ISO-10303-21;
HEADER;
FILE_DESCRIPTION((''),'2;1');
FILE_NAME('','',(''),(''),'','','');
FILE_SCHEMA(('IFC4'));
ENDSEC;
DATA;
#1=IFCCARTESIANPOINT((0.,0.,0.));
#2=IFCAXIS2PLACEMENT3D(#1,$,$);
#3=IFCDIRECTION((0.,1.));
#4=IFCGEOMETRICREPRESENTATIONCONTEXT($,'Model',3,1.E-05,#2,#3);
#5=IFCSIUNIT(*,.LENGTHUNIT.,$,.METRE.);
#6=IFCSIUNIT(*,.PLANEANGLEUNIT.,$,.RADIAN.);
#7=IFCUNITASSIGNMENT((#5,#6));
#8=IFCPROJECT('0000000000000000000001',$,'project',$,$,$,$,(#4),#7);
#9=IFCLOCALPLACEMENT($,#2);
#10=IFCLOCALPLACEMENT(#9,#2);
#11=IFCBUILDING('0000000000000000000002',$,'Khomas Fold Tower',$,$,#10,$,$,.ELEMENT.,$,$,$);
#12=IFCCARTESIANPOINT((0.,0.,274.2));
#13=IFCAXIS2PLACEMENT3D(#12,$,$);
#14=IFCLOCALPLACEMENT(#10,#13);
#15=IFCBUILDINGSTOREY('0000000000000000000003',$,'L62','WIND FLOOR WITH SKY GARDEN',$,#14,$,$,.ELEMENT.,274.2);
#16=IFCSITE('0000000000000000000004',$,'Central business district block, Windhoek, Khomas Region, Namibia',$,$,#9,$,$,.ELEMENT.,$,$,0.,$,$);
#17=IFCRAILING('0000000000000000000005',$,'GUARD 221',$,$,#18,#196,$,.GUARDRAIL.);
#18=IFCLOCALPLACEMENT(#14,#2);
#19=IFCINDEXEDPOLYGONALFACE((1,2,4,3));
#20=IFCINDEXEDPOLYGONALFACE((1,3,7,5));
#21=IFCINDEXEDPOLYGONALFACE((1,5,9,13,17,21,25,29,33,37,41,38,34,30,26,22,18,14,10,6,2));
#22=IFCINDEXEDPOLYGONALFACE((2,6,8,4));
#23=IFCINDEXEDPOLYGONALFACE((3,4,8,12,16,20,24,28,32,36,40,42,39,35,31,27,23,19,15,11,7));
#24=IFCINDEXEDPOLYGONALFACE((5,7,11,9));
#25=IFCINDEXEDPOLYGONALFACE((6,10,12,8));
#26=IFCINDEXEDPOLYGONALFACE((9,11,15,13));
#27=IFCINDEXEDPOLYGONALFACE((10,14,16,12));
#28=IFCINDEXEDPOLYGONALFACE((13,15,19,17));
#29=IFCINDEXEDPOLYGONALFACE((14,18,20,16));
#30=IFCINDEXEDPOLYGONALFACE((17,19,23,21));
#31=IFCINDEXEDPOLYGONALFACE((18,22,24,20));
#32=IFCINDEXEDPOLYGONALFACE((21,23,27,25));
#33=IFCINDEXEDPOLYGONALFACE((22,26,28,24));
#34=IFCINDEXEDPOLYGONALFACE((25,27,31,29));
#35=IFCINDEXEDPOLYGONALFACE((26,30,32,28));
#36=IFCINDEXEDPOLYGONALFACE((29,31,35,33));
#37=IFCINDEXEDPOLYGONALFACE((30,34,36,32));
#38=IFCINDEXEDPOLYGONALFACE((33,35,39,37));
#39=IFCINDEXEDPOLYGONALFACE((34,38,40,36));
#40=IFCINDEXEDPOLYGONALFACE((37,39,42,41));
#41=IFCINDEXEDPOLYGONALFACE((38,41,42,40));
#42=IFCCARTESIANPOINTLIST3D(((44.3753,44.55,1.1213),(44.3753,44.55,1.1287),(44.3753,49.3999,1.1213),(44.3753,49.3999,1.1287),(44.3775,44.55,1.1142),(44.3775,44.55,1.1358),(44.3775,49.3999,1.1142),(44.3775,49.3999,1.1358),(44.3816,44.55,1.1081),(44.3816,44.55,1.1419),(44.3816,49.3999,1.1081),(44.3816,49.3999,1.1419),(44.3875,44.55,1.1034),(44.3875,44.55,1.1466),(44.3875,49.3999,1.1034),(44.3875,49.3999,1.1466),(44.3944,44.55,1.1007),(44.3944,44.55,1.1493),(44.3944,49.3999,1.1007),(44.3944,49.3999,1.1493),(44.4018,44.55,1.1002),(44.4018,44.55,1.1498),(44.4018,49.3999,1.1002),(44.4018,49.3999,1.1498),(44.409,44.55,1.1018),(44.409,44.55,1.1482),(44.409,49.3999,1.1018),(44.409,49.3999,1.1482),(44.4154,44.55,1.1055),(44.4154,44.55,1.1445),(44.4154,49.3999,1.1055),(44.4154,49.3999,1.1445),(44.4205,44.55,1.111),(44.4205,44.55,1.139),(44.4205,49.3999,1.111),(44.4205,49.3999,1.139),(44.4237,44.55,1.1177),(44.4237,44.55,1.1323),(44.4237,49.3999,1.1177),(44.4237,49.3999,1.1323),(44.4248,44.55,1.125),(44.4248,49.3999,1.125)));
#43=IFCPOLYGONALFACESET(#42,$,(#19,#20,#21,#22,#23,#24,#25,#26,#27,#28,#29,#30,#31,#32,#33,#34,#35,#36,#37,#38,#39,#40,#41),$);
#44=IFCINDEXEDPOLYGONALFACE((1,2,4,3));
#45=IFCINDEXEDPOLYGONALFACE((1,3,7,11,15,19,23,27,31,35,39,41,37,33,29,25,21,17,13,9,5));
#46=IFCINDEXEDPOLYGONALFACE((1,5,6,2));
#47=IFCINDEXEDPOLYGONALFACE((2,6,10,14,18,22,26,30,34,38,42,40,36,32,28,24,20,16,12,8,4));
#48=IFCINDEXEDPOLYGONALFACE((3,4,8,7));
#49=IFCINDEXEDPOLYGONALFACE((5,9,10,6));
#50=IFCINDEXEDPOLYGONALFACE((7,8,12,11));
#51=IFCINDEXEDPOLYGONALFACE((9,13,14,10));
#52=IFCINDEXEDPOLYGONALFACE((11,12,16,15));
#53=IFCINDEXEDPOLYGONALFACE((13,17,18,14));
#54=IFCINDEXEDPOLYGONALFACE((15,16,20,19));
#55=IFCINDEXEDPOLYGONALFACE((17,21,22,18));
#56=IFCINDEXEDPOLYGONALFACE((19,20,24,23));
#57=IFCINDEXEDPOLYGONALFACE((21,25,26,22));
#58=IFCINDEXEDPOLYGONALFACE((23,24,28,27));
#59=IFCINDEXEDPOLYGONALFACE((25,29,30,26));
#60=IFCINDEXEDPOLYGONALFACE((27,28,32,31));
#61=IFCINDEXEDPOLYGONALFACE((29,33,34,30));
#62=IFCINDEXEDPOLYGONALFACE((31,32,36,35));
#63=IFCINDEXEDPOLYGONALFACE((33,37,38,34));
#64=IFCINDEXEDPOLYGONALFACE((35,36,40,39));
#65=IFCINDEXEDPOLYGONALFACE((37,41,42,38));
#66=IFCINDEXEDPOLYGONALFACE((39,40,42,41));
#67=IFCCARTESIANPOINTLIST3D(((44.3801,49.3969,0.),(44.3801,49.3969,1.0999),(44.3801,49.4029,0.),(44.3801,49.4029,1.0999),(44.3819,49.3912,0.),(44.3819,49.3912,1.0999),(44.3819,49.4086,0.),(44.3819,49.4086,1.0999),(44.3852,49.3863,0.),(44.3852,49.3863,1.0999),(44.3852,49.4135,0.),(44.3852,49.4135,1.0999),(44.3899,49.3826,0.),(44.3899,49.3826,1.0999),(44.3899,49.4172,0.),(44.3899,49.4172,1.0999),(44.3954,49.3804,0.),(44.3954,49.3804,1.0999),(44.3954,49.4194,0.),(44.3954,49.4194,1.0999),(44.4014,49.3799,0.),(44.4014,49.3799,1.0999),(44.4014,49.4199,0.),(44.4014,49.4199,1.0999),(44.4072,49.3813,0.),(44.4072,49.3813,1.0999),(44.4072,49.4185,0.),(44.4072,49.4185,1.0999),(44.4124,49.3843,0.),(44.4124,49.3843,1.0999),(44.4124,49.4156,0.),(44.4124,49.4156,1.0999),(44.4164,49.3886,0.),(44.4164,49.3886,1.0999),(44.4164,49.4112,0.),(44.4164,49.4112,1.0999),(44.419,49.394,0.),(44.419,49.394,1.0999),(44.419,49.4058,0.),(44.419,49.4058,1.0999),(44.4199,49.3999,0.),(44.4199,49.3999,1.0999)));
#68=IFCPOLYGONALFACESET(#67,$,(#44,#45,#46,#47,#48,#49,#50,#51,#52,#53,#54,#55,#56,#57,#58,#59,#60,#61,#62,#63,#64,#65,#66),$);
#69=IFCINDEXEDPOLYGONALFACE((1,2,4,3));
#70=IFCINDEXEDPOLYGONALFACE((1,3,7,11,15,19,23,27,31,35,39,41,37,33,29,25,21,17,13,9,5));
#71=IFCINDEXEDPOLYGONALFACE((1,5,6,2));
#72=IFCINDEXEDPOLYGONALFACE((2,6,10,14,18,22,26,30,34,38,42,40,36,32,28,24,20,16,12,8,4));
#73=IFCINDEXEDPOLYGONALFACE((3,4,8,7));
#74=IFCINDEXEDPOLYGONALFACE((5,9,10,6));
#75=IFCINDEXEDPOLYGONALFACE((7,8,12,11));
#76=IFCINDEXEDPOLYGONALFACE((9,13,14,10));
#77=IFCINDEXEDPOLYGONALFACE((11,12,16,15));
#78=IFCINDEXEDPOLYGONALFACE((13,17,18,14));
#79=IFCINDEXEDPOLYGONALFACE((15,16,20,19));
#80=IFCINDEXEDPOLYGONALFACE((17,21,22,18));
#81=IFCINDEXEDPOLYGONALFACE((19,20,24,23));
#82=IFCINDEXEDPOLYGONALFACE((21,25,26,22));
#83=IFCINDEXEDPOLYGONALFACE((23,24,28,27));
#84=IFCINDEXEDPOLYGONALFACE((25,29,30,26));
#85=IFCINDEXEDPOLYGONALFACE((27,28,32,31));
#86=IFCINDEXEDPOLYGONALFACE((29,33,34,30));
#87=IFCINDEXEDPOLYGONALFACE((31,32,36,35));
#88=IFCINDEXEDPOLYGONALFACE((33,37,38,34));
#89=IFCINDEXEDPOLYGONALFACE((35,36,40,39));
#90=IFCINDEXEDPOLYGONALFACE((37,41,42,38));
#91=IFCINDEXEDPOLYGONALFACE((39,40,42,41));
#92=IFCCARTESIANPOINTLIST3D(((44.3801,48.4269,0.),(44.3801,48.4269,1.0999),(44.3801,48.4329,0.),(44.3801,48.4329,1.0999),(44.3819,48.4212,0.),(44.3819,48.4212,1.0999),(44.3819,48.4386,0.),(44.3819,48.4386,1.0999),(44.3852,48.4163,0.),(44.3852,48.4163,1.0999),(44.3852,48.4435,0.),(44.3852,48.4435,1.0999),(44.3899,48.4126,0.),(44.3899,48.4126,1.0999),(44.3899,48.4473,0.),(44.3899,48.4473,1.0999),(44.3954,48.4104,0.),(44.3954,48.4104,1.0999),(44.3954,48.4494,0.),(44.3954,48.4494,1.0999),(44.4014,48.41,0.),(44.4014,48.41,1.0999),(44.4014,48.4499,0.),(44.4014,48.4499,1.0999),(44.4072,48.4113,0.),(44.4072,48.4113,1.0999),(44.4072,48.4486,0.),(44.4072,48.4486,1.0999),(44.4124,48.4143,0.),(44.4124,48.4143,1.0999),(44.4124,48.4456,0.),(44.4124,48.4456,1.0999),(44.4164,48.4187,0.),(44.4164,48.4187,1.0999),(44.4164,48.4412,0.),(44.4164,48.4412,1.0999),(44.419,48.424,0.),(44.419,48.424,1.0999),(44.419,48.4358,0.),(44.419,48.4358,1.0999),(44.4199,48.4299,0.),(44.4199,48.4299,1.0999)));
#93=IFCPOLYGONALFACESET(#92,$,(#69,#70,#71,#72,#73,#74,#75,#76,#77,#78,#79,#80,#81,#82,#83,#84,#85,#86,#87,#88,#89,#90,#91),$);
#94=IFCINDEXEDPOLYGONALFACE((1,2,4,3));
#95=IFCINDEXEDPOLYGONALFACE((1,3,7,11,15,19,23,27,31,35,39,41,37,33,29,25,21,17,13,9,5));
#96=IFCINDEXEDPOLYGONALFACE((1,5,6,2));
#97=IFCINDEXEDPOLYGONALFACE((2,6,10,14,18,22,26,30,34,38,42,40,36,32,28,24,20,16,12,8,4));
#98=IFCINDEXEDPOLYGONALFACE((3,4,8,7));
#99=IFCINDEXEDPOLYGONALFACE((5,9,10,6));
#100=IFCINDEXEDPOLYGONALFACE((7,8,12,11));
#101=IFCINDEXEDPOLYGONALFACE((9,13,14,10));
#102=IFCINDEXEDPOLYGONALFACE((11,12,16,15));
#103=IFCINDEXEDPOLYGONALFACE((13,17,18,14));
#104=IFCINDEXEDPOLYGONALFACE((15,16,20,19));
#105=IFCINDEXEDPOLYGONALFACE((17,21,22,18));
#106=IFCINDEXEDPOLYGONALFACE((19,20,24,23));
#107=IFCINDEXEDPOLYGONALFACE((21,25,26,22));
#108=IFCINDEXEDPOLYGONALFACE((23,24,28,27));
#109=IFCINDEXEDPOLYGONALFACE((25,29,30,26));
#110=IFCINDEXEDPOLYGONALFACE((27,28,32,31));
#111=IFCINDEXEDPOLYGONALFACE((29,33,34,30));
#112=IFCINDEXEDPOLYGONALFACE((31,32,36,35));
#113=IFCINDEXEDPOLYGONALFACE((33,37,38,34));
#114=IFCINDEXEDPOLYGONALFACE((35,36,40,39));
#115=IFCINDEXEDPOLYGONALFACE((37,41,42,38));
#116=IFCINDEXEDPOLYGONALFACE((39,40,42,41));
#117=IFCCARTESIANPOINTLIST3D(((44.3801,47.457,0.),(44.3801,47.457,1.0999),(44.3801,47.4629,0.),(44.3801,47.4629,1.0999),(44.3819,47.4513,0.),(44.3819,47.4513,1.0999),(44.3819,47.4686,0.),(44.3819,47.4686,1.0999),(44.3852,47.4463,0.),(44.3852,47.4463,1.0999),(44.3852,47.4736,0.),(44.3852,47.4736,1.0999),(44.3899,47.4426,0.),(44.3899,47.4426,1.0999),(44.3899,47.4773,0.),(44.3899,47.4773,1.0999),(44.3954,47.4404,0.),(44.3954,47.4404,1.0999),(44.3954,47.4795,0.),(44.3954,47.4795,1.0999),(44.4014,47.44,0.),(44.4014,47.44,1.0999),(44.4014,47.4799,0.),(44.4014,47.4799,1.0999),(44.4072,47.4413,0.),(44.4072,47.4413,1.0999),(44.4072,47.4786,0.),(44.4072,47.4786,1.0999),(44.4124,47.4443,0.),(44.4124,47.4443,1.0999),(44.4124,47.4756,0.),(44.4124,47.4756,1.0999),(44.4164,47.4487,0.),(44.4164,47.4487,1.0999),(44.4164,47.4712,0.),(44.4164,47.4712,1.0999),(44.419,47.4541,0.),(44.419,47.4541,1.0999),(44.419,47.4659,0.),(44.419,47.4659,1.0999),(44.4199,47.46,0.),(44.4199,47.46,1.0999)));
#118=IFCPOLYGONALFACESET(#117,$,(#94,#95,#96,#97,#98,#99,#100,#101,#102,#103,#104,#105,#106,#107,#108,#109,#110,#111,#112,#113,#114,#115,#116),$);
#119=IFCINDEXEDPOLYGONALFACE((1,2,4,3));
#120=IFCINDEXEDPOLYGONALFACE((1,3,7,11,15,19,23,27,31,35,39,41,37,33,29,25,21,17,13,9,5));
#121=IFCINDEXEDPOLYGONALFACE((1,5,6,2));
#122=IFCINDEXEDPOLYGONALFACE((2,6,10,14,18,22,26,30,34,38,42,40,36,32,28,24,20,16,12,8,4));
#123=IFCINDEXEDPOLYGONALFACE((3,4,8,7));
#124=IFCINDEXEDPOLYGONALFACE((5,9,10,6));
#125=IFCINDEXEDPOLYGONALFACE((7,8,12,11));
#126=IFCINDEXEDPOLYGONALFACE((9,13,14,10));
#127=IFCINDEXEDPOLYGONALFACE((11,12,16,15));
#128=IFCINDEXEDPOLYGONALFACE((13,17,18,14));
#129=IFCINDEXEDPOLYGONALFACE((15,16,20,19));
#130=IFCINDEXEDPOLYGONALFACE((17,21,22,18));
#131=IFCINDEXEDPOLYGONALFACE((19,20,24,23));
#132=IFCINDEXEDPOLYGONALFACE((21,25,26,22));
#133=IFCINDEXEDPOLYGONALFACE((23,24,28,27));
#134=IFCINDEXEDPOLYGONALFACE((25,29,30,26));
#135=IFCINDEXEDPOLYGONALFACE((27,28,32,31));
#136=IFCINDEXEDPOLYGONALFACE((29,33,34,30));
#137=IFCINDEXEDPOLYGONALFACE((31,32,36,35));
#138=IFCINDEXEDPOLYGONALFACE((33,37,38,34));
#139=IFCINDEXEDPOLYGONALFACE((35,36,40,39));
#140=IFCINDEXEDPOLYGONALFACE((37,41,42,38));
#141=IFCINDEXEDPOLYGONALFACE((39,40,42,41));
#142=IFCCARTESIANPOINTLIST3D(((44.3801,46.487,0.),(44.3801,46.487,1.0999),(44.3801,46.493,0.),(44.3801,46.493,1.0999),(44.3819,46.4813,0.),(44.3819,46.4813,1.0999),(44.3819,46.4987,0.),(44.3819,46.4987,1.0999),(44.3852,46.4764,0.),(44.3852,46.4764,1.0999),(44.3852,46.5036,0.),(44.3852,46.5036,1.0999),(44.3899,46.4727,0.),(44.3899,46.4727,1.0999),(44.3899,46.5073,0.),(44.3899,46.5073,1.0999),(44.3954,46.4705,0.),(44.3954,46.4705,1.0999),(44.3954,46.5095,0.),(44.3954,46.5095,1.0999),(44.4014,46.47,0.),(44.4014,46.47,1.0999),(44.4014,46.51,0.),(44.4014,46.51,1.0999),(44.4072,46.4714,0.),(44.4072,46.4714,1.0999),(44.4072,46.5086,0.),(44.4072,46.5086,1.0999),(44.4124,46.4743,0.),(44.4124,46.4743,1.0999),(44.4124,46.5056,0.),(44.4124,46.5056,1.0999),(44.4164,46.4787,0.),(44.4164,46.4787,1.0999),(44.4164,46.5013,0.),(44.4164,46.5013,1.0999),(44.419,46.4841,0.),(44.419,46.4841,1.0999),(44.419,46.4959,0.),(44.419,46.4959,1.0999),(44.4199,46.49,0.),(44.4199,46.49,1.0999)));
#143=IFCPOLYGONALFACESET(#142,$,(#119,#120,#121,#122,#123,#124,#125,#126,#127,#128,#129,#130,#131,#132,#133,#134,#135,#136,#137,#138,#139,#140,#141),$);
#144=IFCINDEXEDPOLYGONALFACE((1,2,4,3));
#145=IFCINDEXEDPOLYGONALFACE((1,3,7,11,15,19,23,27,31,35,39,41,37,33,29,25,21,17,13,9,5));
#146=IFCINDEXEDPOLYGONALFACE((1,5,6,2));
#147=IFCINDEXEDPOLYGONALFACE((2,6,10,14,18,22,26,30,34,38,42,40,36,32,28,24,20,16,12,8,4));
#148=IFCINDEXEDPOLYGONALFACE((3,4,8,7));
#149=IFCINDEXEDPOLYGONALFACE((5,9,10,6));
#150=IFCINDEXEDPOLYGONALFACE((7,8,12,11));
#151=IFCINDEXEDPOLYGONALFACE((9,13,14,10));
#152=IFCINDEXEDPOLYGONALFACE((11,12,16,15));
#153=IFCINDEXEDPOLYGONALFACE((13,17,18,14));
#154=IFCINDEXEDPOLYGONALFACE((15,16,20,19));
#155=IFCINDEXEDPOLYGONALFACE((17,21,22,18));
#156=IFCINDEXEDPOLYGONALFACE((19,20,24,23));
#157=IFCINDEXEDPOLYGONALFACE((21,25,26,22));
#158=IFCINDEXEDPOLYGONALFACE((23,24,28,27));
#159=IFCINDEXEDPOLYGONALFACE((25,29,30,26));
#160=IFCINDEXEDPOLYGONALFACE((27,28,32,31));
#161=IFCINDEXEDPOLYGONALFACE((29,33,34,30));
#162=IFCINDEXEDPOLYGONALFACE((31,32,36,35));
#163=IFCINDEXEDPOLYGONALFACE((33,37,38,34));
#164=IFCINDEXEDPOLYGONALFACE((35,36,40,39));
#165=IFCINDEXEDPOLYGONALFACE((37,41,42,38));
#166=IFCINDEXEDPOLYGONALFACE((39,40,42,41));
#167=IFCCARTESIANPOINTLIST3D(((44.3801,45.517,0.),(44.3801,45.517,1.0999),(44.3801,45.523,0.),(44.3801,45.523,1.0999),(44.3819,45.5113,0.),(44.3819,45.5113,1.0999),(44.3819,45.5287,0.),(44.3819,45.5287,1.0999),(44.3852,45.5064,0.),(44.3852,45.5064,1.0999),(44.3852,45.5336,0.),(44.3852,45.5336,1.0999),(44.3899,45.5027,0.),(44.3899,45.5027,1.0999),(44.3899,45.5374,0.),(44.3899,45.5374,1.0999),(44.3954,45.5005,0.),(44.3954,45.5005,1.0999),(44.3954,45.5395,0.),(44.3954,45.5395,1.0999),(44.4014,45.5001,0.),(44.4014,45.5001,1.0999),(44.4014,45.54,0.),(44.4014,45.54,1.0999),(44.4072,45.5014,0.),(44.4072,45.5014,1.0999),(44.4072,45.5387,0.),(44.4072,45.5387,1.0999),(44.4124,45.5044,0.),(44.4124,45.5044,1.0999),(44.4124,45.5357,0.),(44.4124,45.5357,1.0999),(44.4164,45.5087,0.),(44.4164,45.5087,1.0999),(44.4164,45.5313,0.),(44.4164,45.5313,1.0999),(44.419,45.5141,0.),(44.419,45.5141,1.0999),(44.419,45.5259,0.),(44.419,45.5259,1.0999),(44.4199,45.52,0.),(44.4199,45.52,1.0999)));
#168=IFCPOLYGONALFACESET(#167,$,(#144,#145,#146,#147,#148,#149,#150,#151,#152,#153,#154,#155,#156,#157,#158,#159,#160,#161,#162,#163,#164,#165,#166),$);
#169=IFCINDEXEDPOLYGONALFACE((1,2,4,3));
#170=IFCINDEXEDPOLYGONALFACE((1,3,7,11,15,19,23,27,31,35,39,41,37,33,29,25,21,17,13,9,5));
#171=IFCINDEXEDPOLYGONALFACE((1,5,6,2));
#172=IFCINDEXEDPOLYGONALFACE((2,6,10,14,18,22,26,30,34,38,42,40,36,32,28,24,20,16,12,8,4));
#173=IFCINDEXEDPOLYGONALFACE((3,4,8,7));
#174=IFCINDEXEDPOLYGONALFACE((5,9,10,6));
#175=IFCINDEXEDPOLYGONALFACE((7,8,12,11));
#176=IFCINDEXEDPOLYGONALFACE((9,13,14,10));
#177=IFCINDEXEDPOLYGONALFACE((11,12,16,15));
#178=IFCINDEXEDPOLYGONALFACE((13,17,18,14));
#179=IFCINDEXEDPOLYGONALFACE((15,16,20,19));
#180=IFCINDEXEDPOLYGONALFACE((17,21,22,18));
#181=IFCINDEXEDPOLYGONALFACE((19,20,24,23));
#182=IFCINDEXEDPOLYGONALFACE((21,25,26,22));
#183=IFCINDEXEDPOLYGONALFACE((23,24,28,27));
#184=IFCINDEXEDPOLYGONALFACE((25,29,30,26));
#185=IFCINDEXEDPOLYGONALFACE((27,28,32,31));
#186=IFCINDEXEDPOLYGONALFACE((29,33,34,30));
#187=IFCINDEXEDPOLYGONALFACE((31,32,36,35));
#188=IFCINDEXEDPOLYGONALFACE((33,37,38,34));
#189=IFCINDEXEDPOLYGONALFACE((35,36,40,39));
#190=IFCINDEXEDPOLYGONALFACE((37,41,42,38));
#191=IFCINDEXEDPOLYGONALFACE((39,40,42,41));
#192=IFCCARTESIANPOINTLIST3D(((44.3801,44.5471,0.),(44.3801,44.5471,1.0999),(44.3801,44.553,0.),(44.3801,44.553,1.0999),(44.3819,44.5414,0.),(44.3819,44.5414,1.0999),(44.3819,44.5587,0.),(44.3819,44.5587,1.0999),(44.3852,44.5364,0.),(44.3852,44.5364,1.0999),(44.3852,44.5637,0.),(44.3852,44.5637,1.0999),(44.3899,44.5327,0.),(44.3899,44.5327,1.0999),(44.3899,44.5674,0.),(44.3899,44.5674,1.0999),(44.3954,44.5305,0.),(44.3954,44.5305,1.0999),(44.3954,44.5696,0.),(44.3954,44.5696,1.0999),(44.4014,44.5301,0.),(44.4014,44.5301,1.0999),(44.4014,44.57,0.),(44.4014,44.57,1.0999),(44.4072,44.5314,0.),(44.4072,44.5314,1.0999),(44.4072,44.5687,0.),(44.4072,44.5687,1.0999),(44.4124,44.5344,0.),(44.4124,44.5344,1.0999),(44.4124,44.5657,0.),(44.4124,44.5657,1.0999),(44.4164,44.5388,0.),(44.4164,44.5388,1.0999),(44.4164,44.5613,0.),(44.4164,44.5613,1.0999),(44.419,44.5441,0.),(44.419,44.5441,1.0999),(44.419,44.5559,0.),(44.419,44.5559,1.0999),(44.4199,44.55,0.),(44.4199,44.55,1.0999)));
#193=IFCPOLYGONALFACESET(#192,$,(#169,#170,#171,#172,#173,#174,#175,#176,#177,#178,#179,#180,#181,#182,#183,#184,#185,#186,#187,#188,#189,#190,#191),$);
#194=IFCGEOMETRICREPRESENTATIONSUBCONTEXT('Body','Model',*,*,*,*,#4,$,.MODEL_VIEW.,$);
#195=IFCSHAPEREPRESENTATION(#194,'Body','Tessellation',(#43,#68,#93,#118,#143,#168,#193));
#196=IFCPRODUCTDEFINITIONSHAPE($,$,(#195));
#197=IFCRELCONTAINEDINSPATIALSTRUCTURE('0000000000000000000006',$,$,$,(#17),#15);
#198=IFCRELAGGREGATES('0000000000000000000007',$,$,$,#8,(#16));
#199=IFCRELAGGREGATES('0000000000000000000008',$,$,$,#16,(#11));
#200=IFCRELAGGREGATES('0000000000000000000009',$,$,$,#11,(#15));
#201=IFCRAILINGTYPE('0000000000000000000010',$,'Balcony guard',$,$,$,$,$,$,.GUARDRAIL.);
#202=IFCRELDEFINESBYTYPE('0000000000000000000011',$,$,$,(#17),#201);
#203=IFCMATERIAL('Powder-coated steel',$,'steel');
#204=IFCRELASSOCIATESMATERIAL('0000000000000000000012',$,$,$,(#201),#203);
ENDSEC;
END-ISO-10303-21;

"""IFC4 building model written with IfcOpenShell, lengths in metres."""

from ifc_helpers import new_model, si_unit, direction, frame, origin, origin_2d, place, context, subcontext, project, spatial, circle, extrude, source, transform, mapped, material, type_object, element, save


model = new_model("IFC4")

# Units and contexts
model_context = context("Model", 3, precision=1e-05, world=origin(), true_north=direction((0.0, 1.0)))
body_context = subcontext(model_context, "Body", "Model", "MODEL_VIEW")
ifc_project = project(units=[si_unit("LENGTHUNIT", "METRE"), si_unit("PLANEANGLEUNIT", "RADIAN")], contexts=[model_context])

# Site, building, storey
site_placement = place(None, origin())
site = spatial("IfcSite", under=ifc_project, at=site_placement, Name="Central business district block, Windhoek, Khomas Region, Namibia", CompositionType="ELEMENT", RefElevation=0.0)
building_placement = place(site_placement, origin())
building = spatial("IfcBuilding", under=site, at=building_placement, Name="Khomas Fold Tower", CompositionType="ELEMENT")
storey_placement = place(building_placement, frame((0.0, 0.0, 274.2)))
storey = spatial("IfcBuildingStorey", under=building, at=storey_placement, Name="L62", Description="WIND FLOOR WITH SKY GARDEN", CompositionType="ELEMENT", Elevation=274.2)

# Railing
ifc_material_1 = material(Name="Powder-coated steel", Category="steel")
railing_type = type_object("IfcRailingType", Name="Balcony guard", PredefinedType="GUARDRAIL", material=ifc_material_1)
shared_shape_1 = source(origin(), body_context, "Body", "SweptSolid", [
    extrude(circle(Radius=0.0249, at=origin_2d()), frame((0.0, 0.0, 1.125), z_axis=(0.0, -1.0, 0.0), x_axis=(1.0, 0.0, 0.0)), (0.0, 0.0, 1.0), 4.8499),
    extrude(circle(Radius=0.02, at=origin_2d()), origin(), (0.0, 0.0, 1.0), 1.0999),
    extrude(circle(Radius=0.02, at=origin_2d()), frame((0.0, -0.97, 0.0)), (0.0, 0.0, 1.0), 1.0999),
    extrude(circle(Radius=0.02, at=origin_2d()), frame((0.0, -1.9399, 0.0)), (0.0, 0.0, 1.0), 1.0999),
    extrude(circle(Radius=0.02, at=origin_2d()), frame((0.0, -2.9099, 0.0)), (0.0, 0.0, 1.0), 1.0999),
    extrude(circle(Radius=0.02, at=origin_2d()), frame((0.0, -3.8799, 0.0)), (0.0, 0.0, 1.0), 1.0999),
    extrude(circle(Radius=0.02, at=origin_2d()), frame((0.0, -4.8499, 0.0)), (0.0, 0.0, 1.0), 1.0999),
])
railing_1_placement = place(storey_placement, frame((44.3999, 49.3999, 0.0)))
element("IfcRailing", 1, at=railing_1_placement, inside=storey, type_object=railing_type, Name="GUARD 221", PredefinedType="GUARDRAIL", context=body_context, shape_type="MappedRepresentation", body=[
    mapped(shared_shape_1, transform((0.0, 0.0, 0.0))),
])

save(model, "model.ifc")
